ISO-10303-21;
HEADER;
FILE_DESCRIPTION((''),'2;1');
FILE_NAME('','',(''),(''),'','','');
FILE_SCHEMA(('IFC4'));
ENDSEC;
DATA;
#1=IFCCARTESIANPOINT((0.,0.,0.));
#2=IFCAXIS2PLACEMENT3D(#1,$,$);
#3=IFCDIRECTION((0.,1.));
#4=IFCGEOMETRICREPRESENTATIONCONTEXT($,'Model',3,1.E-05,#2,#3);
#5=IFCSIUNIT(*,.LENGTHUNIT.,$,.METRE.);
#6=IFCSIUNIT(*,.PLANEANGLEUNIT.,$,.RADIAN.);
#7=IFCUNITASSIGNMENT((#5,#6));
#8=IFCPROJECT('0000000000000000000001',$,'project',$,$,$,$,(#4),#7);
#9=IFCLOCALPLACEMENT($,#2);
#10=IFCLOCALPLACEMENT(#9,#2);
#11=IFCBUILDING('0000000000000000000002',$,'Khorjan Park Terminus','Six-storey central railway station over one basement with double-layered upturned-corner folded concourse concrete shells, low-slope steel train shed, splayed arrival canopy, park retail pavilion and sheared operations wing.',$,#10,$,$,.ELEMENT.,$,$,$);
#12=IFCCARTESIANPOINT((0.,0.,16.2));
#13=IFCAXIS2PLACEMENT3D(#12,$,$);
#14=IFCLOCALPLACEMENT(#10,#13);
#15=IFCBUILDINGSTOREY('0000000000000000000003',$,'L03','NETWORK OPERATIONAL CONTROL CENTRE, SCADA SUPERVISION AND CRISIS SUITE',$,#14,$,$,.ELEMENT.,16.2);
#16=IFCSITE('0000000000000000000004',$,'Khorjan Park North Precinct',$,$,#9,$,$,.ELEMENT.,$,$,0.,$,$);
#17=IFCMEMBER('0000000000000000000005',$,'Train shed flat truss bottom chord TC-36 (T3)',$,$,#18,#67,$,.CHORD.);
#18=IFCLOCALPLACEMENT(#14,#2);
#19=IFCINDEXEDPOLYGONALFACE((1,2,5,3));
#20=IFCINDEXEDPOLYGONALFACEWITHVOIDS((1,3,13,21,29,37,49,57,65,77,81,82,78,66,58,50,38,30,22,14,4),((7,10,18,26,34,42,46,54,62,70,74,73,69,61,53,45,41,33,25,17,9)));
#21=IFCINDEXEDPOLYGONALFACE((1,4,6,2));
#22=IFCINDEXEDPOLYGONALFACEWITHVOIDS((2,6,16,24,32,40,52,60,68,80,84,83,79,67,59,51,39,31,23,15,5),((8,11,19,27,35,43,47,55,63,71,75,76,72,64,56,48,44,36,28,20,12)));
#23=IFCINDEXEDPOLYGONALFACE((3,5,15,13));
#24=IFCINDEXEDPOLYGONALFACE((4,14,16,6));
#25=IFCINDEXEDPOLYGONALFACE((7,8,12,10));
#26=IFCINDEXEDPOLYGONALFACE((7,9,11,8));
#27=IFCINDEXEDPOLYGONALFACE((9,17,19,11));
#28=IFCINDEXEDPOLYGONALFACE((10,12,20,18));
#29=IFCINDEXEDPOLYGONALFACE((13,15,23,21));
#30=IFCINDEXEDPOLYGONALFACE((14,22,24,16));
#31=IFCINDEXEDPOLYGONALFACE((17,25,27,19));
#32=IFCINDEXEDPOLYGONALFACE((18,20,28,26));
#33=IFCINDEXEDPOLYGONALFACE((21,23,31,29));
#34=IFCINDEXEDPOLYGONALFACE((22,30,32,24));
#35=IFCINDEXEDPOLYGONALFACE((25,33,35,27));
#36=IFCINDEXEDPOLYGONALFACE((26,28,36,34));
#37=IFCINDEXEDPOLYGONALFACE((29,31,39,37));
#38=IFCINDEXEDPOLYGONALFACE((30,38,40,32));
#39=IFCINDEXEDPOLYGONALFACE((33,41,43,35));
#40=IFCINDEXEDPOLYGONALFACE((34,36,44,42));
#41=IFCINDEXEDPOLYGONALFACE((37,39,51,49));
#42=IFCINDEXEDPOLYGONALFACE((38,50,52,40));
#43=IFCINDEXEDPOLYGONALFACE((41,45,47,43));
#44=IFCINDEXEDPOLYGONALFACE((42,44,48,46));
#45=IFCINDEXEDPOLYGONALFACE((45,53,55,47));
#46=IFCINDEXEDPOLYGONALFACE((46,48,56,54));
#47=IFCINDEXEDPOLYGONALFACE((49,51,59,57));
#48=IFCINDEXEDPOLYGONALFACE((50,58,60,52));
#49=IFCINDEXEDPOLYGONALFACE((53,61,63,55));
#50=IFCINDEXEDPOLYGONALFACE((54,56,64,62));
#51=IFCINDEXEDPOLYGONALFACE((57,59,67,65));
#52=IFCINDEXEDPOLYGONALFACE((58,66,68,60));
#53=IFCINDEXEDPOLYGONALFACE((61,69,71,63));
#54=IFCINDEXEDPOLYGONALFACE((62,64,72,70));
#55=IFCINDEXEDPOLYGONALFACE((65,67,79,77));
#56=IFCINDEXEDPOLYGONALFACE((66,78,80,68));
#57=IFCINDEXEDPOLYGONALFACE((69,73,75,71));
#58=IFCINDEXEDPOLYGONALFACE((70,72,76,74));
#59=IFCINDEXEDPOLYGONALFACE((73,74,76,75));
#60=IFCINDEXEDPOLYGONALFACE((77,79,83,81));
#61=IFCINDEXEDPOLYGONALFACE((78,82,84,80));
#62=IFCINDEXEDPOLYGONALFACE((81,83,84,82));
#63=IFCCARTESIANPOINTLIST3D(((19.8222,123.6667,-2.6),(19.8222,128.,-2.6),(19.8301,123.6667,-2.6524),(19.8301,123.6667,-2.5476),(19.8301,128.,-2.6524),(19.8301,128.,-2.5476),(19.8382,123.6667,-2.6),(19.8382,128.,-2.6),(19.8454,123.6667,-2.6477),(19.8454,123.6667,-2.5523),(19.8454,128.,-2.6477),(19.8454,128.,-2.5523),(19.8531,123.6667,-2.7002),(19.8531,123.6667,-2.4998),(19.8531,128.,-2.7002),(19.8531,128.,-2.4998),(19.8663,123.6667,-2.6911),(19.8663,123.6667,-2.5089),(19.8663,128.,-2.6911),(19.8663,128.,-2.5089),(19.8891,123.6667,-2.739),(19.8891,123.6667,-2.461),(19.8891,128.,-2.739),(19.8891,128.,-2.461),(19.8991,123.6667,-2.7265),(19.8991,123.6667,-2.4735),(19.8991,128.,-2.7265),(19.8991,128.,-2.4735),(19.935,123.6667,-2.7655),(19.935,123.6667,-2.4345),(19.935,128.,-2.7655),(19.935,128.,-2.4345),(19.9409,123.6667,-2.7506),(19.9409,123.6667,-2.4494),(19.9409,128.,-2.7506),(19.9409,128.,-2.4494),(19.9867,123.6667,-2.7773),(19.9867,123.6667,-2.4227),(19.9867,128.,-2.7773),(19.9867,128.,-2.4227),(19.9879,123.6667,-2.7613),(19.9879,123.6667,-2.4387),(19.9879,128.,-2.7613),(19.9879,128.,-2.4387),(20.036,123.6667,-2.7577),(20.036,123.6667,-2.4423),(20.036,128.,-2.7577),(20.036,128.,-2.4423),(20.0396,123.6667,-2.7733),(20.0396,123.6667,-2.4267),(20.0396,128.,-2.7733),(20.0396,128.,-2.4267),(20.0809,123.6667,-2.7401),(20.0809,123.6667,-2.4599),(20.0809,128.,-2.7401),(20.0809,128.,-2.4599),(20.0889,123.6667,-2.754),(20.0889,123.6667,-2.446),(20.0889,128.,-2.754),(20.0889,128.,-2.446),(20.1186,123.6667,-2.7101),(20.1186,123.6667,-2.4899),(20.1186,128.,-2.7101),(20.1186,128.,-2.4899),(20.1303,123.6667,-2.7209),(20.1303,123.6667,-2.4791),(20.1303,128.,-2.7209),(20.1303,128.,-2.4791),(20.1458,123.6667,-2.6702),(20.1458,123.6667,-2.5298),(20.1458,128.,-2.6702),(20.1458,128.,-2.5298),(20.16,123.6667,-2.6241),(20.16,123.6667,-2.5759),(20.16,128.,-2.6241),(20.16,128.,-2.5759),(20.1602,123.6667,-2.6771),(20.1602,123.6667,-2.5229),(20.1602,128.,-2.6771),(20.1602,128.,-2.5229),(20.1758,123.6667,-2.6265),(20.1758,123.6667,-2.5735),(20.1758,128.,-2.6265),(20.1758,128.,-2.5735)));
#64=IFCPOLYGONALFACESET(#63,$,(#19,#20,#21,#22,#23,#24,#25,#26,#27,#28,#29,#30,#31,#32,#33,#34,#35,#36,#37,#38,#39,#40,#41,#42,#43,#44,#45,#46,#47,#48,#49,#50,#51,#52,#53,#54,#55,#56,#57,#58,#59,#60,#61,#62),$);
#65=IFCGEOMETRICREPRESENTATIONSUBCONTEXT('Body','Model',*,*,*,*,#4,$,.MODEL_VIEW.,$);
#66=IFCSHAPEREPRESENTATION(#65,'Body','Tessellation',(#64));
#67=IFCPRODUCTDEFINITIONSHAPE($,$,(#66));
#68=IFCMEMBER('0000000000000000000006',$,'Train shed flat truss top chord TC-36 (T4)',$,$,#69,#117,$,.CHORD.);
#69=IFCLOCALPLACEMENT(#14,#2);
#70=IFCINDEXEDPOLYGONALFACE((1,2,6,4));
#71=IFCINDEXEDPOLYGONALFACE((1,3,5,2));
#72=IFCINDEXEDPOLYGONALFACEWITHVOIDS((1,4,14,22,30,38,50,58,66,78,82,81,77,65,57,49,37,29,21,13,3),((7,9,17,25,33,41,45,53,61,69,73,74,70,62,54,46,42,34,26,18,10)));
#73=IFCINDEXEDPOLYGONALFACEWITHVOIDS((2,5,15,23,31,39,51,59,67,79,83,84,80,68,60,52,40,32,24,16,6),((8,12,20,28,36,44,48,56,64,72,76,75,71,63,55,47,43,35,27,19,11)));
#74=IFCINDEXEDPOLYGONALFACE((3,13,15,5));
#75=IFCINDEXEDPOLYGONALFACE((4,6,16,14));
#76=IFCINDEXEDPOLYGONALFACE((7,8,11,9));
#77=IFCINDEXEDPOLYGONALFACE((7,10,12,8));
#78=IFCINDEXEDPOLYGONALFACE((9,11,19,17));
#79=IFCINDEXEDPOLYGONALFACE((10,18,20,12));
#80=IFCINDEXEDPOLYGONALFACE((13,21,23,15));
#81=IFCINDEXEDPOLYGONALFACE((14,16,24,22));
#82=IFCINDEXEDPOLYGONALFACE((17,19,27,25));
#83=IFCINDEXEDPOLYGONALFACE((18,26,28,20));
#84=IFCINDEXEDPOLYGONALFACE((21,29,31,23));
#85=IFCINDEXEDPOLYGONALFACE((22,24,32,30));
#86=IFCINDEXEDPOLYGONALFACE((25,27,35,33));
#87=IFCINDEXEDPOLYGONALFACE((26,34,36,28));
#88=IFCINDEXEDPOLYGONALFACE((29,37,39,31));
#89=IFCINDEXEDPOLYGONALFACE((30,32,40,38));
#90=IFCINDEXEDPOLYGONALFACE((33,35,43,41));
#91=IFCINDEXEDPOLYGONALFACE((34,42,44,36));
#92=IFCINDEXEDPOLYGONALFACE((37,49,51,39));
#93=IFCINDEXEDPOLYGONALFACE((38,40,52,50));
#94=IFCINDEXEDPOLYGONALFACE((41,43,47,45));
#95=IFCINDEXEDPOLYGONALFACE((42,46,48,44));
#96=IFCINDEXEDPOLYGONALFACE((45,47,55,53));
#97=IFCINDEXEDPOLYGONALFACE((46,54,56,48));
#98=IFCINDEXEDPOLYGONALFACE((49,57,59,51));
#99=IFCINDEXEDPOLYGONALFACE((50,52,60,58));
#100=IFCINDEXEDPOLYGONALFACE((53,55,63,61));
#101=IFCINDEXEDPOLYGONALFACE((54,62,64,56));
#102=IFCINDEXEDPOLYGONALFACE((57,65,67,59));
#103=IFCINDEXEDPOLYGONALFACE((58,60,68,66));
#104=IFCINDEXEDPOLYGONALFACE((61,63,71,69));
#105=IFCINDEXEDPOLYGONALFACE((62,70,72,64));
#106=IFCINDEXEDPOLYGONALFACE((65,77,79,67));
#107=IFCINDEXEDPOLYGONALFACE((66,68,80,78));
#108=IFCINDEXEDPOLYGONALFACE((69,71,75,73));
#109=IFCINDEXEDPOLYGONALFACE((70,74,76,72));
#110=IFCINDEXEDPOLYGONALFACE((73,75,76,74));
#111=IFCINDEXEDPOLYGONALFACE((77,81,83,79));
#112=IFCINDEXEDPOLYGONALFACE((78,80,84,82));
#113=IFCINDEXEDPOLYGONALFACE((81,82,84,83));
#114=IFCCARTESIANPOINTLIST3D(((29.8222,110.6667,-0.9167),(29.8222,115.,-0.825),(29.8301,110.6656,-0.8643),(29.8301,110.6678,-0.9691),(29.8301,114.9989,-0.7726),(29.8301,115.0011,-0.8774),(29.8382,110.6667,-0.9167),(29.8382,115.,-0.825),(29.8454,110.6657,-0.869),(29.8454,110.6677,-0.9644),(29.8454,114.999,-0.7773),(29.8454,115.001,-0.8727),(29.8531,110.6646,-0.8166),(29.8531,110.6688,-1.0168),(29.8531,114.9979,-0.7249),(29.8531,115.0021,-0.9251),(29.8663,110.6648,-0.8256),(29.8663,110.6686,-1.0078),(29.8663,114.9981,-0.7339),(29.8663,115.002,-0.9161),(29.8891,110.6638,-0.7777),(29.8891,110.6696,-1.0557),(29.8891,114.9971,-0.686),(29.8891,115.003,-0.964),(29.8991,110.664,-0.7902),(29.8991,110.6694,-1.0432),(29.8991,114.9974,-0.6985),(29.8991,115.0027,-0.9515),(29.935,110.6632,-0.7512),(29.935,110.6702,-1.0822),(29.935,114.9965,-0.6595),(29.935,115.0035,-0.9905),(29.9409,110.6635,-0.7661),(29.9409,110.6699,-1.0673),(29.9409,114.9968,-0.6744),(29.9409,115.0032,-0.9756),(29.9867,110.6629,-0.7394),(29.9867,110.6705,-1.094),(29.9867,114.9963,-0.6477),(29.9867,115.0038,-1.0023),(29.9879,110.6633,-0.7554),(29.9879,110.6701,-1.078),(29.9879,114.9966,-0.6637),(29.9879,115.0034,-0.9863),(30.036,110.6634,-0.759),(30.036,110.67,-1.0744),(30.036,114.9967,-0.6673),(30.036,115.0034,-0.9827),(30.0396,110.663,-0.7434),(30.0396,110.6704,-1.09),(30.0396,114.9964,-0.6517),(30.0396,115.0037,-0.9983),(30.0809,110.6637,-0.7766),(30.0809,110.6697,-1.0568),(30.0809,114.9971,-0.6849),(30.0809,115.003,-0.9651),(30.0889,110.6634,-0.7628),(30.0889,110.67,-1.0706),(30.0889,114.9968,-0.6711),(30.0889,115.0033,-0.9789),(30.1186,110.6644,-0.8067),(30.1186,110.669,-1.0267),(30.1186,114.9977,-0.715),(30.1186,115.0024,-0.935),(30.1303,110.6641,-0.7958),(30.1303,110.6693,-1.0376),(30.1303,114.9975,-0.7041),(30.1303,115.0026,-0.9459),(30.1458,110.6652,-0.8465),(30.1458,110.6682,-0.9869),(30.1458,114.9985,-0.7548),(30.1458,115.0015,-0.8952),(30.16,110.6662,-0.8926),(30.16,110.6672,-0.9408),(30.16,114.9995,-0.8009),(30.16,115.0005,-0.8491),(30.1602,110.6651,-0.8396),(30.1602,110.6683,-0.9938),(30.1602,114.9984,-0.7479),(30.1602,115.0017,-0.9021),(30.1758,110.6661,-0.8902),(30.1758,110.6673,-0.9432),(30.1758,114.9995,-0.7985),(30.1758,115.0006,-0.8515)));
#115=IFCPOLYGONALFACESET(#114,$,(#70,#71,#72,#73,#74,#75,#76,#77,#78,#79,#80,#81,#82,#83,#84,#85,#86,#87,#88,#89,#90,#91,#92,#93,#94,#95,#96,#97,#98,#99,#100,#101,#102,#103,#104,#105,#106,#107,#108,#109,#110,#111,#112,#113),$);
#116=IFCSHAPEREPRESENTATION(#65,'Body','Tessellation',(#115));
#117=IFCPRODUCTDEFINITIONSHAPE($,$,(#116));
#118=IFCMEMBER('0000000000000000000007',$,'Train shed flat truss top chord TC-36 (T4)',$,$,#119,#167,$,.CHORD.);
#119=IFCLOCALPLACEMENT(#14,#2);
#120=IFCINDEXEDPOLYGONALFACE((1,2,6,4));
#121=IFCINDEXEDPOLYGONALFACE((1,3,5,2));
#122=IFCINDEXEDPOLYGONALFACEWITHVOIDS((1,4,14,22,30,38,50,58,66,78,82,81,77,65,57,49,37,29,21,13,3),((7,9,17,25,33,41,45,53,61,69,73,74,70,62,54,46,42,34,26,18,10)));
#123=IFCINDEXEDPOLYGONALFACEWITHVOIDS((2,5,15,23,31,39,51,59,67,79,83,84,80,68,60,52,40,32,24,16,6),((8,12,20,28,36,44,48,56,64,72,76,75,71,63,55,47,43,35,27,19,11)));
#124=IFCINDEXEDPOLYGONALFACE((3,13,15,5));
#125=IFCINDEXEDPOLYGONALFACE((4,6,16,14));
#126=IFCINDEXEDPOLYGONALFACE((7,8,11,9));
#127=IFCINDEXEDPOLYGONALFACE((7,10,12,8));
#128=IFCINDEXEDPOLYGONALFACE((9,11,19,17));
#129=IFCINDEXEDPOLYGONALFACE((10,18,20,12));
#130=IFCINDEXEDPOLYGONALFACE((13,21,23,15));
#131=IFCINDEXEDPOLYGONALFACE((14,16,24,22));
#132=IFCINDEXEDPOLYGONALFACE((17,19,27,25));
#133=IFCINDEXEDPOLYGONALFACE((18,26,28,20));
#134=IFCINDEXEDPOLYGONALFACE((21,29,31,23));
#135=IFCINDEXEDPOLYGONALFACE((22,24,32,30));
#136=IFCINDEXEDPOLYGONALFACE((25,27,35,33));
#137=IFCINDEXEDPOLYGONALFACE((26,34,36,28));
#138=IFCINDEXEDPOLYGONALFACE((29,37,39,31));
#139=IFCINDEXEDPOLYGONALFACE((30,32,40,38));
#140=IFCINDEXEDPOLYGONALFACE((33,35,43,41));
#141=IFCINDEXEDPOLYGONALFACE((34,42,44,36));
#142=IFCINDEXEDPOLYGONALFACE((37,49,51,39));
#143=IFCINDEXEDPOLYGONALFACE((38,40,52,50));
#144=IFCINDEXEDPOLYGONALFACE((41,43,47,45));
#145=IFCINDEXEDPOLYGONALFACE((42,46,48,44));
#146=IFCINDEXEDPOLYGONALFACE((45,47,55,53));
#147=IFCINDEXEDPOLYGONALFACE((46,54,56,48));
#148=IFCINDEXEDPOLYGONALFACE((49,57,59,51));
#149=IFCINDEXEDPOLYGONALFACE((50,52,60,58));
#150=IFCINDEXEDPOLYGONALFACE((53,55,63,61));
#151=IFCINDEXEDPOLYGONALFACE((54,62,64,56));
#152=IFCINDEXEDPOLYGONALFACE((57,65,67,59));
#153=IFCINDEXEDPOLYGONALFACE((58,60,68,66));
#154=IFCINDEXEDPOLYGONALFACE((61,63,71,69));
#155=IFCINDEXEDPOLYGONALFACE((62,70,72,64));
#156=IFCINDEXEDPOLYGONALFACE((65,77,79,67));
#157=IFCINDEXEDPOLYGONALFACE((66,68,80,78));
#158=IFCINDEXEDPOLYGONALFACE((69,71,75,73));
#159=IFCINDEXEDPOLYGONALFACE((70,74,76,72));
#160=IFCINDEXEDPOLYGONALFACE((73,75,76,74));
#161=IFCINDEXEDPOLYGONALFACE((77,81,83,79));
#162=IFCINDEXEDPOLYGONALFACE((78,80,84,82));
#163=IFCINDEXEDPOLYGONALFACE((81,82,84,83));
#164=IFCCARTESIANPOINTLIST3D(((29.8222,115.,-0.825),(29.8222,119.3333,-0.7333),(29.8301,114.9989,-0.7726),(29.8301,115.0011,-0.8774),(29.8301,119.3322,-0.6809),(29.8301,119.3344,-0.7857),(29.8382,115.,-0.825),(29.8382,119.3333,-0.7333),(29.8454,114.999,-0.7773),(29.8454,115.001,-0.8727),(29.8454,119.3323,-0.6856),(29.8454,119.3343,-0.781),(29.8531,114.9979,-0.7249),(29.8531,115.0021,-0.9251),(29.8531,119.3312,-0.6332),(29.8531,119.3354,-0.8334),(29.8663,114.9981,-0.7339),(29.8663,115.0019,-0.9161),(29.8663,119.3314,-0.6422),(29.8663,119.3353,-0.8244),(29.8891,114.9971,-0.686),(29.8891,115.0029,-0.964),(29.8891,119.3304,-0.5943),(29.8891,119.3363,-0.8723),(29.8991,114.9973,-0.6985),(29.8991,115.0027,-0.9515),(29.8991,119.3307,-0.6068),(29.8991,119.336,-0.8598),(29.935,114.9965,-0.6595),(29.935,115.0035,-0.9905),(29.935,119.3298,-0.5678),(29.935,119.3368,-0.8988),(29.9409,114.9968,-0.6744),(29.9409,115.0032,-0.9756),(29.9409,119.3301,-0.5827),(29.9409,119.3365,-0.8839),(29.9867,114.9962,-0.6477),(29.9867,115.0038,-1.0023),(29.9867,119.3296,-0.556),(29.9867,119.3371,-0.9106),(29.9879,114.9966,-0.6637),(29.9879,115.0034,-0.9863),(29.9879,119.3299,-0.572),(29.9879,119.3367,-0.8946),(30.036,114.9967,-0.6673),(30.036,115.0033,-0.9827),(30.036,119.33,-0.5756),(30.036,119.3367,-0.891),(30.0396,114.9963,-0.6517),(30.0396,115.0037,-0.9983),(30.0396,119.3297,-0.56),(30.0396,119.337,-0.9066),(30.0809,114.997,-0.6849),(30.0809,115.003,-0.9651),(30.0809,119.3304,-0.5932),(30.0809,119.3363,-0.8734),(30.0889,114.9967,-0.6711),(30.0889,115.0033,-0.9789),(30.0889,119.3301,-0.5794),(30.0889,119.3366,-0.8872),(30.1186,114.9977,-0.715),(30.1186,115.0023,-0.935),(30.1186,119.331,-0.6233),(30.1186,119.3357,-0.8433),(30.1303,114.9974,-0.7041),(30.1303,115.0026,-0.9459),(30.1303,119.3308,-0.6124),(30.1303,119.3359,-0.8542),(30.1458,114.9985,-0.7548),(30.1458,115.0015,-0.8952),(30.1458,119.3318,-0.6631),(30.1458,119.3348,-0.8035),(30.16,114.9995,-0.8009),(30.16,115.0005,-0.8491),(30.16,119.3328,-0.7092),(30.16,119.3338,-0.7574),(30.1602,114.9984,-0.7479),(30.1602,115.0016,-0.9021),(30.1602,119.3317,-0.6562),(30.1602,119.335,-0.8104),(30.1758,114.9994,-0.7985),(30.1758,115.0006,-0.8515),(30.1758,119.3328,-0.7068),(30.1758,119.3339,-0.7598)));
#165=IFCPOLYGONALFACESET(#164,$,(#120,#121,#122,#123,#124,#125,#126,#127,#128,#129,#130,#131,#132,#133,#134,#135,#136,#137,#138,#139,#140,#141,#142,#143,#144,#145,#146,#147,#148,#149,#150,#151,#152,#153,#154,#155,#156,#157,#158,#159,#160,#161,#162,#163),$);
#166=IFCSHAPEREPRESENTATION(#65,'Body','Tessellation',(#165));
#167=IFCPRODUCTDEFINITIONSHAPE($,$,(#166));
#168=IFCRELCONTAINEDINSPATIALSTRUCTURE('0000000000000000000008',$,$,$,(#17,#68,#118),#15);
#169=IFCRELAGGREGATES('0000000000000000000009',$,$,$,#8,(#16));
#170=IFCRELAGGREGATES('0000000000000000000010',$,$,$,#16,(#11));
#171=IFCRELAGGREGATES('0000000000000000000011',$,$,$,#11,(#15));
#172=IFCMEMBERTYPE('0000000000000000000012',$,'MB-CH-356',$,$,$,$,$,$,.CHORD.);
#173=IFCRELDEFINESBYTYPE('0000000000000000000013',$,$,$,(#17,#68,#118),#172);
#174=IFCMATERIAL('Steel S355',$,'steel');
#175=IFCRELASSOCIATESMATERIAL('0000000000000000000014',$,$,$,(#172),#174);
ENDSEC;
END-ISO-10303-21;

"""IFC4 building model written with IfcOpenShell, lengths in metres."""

from ifc_helpers import new_model, si_unit, direction, frame, origin, origin_2d, place, context, subcontext, project, spatial, hollow_circle, extrude, material, material_profile, profile_set, type_object, element, save


model = new_model("IFC4")

# Units and contexts
model_context = context("Model", 3, precision=1e-05, world=origin(), true_north=direction((0.0, 1.0)))
body_context = subcontext(model_context, "Body", "Model", "MODEL_VIEW")
ifc_project = project(units=[si_unit("LENGTHUNIT", "METRE"), si_unit("PLANEANGLEUNIT", "RADIAN")], contexts=[model_context])

# Site, building, storey
site_placement = place(None, origin())
site = spatial("IfcSite", under=ifc_project, at=site_placement, Name="Khorjan Park North Precinct", CompositionType="ELEMENT", RefElevation=0.0)
building_placement = place(site_placement, origin())
building = spatial("IfcBuilding", under=site, at=building_placement, Name="Khorjan Park Terminus", Description="Six-storey central railway station over one basement with double-layered upturned-corner folded concourse concrete shells, low-slope steel train shed, splayed arrival canopy, park retail pavilion and sheared operations wing.", CompositionType="ELEMENT")
storey_placement = place(building_placement, frame((0.0, 0.0, 16.2)))
storey = spatial("IfcBuildingStorey", under=building, at=storey_placement, Name="L03", Description="NETWORK OPERATIONAL CONTROL CENTRE, SCADA SUPERVISION AND CRISIS SUITE", CompositionType="ELEMENT", Elevation=16.2)

# Members
ifc_material = material(Name="Steel S355", Category="steel")
ifc_material_profile_1 = material_profile(ifc_material, hollow_circle(Radius=0.1778, WallThickness=0.016, at=origin_2d()), Name="CHS 355.6x16")
ifc_profile_set_1 = profile_set([ifc_material_profile_1], Name="Steel S355")
member_type_1 = type_object("IfcMemberType", Name="MB-CH-356", PredefinedType="CHORD", material=ifc_profile_set_1)
member_1_placement = place(storey_placement, frame((20.0, 123.6667, -2.6), z_axis=(0.0, 1.0, 0.0), x_axis=(-1.0, 0.0, 0.0)))
element("IfcMember", 1, at=member_1_placement, inside=storey, type_object=member_type_1, Name="Train shed flat truss bottom chord TC-36 (T3)", PredefinedType="CHORD", context=body_context, shape_type="SweptSolid", body=[
    extrude(hollow_circle(Radius=0.1778, WallThickness=0.016, at=origin_2d()), origin(), (0.0, 0.0, 1.0), 4.3333),
])
for number, where, z_axis, x_axis, name in (
    (2, (30.0, 110.6667, -0.9167), (0.0, 0.999776, 0.021157), (-1.0, 0.0, 0.0), "Train shed flat truss top chord TC-36 (T4)"),
    (3, (30.0, 115.0, -0.825), (0.0, 0.999776, 0.021157), (-1.0, 0.0, 0.0), "Train shed flat truss top chord TC-36 (T4)"),
):
    element("IfcMember", number, at=place(storey_placement, frame(where, z_axis=z_axis, x_axis=x_axis)), inside=storey, type_object=member_type_1, Name=name, PredefinedType="CHORD", context=body_context, shape_type="SweptSolid", body=[
        extrude(hollow_circle(Radius=0.1778, WallThickness=0.016, at=origin_2d()), origin(), (0.0, 0.0, 1.0), 4.3343),
    ])

save(model, "model.ifc")
